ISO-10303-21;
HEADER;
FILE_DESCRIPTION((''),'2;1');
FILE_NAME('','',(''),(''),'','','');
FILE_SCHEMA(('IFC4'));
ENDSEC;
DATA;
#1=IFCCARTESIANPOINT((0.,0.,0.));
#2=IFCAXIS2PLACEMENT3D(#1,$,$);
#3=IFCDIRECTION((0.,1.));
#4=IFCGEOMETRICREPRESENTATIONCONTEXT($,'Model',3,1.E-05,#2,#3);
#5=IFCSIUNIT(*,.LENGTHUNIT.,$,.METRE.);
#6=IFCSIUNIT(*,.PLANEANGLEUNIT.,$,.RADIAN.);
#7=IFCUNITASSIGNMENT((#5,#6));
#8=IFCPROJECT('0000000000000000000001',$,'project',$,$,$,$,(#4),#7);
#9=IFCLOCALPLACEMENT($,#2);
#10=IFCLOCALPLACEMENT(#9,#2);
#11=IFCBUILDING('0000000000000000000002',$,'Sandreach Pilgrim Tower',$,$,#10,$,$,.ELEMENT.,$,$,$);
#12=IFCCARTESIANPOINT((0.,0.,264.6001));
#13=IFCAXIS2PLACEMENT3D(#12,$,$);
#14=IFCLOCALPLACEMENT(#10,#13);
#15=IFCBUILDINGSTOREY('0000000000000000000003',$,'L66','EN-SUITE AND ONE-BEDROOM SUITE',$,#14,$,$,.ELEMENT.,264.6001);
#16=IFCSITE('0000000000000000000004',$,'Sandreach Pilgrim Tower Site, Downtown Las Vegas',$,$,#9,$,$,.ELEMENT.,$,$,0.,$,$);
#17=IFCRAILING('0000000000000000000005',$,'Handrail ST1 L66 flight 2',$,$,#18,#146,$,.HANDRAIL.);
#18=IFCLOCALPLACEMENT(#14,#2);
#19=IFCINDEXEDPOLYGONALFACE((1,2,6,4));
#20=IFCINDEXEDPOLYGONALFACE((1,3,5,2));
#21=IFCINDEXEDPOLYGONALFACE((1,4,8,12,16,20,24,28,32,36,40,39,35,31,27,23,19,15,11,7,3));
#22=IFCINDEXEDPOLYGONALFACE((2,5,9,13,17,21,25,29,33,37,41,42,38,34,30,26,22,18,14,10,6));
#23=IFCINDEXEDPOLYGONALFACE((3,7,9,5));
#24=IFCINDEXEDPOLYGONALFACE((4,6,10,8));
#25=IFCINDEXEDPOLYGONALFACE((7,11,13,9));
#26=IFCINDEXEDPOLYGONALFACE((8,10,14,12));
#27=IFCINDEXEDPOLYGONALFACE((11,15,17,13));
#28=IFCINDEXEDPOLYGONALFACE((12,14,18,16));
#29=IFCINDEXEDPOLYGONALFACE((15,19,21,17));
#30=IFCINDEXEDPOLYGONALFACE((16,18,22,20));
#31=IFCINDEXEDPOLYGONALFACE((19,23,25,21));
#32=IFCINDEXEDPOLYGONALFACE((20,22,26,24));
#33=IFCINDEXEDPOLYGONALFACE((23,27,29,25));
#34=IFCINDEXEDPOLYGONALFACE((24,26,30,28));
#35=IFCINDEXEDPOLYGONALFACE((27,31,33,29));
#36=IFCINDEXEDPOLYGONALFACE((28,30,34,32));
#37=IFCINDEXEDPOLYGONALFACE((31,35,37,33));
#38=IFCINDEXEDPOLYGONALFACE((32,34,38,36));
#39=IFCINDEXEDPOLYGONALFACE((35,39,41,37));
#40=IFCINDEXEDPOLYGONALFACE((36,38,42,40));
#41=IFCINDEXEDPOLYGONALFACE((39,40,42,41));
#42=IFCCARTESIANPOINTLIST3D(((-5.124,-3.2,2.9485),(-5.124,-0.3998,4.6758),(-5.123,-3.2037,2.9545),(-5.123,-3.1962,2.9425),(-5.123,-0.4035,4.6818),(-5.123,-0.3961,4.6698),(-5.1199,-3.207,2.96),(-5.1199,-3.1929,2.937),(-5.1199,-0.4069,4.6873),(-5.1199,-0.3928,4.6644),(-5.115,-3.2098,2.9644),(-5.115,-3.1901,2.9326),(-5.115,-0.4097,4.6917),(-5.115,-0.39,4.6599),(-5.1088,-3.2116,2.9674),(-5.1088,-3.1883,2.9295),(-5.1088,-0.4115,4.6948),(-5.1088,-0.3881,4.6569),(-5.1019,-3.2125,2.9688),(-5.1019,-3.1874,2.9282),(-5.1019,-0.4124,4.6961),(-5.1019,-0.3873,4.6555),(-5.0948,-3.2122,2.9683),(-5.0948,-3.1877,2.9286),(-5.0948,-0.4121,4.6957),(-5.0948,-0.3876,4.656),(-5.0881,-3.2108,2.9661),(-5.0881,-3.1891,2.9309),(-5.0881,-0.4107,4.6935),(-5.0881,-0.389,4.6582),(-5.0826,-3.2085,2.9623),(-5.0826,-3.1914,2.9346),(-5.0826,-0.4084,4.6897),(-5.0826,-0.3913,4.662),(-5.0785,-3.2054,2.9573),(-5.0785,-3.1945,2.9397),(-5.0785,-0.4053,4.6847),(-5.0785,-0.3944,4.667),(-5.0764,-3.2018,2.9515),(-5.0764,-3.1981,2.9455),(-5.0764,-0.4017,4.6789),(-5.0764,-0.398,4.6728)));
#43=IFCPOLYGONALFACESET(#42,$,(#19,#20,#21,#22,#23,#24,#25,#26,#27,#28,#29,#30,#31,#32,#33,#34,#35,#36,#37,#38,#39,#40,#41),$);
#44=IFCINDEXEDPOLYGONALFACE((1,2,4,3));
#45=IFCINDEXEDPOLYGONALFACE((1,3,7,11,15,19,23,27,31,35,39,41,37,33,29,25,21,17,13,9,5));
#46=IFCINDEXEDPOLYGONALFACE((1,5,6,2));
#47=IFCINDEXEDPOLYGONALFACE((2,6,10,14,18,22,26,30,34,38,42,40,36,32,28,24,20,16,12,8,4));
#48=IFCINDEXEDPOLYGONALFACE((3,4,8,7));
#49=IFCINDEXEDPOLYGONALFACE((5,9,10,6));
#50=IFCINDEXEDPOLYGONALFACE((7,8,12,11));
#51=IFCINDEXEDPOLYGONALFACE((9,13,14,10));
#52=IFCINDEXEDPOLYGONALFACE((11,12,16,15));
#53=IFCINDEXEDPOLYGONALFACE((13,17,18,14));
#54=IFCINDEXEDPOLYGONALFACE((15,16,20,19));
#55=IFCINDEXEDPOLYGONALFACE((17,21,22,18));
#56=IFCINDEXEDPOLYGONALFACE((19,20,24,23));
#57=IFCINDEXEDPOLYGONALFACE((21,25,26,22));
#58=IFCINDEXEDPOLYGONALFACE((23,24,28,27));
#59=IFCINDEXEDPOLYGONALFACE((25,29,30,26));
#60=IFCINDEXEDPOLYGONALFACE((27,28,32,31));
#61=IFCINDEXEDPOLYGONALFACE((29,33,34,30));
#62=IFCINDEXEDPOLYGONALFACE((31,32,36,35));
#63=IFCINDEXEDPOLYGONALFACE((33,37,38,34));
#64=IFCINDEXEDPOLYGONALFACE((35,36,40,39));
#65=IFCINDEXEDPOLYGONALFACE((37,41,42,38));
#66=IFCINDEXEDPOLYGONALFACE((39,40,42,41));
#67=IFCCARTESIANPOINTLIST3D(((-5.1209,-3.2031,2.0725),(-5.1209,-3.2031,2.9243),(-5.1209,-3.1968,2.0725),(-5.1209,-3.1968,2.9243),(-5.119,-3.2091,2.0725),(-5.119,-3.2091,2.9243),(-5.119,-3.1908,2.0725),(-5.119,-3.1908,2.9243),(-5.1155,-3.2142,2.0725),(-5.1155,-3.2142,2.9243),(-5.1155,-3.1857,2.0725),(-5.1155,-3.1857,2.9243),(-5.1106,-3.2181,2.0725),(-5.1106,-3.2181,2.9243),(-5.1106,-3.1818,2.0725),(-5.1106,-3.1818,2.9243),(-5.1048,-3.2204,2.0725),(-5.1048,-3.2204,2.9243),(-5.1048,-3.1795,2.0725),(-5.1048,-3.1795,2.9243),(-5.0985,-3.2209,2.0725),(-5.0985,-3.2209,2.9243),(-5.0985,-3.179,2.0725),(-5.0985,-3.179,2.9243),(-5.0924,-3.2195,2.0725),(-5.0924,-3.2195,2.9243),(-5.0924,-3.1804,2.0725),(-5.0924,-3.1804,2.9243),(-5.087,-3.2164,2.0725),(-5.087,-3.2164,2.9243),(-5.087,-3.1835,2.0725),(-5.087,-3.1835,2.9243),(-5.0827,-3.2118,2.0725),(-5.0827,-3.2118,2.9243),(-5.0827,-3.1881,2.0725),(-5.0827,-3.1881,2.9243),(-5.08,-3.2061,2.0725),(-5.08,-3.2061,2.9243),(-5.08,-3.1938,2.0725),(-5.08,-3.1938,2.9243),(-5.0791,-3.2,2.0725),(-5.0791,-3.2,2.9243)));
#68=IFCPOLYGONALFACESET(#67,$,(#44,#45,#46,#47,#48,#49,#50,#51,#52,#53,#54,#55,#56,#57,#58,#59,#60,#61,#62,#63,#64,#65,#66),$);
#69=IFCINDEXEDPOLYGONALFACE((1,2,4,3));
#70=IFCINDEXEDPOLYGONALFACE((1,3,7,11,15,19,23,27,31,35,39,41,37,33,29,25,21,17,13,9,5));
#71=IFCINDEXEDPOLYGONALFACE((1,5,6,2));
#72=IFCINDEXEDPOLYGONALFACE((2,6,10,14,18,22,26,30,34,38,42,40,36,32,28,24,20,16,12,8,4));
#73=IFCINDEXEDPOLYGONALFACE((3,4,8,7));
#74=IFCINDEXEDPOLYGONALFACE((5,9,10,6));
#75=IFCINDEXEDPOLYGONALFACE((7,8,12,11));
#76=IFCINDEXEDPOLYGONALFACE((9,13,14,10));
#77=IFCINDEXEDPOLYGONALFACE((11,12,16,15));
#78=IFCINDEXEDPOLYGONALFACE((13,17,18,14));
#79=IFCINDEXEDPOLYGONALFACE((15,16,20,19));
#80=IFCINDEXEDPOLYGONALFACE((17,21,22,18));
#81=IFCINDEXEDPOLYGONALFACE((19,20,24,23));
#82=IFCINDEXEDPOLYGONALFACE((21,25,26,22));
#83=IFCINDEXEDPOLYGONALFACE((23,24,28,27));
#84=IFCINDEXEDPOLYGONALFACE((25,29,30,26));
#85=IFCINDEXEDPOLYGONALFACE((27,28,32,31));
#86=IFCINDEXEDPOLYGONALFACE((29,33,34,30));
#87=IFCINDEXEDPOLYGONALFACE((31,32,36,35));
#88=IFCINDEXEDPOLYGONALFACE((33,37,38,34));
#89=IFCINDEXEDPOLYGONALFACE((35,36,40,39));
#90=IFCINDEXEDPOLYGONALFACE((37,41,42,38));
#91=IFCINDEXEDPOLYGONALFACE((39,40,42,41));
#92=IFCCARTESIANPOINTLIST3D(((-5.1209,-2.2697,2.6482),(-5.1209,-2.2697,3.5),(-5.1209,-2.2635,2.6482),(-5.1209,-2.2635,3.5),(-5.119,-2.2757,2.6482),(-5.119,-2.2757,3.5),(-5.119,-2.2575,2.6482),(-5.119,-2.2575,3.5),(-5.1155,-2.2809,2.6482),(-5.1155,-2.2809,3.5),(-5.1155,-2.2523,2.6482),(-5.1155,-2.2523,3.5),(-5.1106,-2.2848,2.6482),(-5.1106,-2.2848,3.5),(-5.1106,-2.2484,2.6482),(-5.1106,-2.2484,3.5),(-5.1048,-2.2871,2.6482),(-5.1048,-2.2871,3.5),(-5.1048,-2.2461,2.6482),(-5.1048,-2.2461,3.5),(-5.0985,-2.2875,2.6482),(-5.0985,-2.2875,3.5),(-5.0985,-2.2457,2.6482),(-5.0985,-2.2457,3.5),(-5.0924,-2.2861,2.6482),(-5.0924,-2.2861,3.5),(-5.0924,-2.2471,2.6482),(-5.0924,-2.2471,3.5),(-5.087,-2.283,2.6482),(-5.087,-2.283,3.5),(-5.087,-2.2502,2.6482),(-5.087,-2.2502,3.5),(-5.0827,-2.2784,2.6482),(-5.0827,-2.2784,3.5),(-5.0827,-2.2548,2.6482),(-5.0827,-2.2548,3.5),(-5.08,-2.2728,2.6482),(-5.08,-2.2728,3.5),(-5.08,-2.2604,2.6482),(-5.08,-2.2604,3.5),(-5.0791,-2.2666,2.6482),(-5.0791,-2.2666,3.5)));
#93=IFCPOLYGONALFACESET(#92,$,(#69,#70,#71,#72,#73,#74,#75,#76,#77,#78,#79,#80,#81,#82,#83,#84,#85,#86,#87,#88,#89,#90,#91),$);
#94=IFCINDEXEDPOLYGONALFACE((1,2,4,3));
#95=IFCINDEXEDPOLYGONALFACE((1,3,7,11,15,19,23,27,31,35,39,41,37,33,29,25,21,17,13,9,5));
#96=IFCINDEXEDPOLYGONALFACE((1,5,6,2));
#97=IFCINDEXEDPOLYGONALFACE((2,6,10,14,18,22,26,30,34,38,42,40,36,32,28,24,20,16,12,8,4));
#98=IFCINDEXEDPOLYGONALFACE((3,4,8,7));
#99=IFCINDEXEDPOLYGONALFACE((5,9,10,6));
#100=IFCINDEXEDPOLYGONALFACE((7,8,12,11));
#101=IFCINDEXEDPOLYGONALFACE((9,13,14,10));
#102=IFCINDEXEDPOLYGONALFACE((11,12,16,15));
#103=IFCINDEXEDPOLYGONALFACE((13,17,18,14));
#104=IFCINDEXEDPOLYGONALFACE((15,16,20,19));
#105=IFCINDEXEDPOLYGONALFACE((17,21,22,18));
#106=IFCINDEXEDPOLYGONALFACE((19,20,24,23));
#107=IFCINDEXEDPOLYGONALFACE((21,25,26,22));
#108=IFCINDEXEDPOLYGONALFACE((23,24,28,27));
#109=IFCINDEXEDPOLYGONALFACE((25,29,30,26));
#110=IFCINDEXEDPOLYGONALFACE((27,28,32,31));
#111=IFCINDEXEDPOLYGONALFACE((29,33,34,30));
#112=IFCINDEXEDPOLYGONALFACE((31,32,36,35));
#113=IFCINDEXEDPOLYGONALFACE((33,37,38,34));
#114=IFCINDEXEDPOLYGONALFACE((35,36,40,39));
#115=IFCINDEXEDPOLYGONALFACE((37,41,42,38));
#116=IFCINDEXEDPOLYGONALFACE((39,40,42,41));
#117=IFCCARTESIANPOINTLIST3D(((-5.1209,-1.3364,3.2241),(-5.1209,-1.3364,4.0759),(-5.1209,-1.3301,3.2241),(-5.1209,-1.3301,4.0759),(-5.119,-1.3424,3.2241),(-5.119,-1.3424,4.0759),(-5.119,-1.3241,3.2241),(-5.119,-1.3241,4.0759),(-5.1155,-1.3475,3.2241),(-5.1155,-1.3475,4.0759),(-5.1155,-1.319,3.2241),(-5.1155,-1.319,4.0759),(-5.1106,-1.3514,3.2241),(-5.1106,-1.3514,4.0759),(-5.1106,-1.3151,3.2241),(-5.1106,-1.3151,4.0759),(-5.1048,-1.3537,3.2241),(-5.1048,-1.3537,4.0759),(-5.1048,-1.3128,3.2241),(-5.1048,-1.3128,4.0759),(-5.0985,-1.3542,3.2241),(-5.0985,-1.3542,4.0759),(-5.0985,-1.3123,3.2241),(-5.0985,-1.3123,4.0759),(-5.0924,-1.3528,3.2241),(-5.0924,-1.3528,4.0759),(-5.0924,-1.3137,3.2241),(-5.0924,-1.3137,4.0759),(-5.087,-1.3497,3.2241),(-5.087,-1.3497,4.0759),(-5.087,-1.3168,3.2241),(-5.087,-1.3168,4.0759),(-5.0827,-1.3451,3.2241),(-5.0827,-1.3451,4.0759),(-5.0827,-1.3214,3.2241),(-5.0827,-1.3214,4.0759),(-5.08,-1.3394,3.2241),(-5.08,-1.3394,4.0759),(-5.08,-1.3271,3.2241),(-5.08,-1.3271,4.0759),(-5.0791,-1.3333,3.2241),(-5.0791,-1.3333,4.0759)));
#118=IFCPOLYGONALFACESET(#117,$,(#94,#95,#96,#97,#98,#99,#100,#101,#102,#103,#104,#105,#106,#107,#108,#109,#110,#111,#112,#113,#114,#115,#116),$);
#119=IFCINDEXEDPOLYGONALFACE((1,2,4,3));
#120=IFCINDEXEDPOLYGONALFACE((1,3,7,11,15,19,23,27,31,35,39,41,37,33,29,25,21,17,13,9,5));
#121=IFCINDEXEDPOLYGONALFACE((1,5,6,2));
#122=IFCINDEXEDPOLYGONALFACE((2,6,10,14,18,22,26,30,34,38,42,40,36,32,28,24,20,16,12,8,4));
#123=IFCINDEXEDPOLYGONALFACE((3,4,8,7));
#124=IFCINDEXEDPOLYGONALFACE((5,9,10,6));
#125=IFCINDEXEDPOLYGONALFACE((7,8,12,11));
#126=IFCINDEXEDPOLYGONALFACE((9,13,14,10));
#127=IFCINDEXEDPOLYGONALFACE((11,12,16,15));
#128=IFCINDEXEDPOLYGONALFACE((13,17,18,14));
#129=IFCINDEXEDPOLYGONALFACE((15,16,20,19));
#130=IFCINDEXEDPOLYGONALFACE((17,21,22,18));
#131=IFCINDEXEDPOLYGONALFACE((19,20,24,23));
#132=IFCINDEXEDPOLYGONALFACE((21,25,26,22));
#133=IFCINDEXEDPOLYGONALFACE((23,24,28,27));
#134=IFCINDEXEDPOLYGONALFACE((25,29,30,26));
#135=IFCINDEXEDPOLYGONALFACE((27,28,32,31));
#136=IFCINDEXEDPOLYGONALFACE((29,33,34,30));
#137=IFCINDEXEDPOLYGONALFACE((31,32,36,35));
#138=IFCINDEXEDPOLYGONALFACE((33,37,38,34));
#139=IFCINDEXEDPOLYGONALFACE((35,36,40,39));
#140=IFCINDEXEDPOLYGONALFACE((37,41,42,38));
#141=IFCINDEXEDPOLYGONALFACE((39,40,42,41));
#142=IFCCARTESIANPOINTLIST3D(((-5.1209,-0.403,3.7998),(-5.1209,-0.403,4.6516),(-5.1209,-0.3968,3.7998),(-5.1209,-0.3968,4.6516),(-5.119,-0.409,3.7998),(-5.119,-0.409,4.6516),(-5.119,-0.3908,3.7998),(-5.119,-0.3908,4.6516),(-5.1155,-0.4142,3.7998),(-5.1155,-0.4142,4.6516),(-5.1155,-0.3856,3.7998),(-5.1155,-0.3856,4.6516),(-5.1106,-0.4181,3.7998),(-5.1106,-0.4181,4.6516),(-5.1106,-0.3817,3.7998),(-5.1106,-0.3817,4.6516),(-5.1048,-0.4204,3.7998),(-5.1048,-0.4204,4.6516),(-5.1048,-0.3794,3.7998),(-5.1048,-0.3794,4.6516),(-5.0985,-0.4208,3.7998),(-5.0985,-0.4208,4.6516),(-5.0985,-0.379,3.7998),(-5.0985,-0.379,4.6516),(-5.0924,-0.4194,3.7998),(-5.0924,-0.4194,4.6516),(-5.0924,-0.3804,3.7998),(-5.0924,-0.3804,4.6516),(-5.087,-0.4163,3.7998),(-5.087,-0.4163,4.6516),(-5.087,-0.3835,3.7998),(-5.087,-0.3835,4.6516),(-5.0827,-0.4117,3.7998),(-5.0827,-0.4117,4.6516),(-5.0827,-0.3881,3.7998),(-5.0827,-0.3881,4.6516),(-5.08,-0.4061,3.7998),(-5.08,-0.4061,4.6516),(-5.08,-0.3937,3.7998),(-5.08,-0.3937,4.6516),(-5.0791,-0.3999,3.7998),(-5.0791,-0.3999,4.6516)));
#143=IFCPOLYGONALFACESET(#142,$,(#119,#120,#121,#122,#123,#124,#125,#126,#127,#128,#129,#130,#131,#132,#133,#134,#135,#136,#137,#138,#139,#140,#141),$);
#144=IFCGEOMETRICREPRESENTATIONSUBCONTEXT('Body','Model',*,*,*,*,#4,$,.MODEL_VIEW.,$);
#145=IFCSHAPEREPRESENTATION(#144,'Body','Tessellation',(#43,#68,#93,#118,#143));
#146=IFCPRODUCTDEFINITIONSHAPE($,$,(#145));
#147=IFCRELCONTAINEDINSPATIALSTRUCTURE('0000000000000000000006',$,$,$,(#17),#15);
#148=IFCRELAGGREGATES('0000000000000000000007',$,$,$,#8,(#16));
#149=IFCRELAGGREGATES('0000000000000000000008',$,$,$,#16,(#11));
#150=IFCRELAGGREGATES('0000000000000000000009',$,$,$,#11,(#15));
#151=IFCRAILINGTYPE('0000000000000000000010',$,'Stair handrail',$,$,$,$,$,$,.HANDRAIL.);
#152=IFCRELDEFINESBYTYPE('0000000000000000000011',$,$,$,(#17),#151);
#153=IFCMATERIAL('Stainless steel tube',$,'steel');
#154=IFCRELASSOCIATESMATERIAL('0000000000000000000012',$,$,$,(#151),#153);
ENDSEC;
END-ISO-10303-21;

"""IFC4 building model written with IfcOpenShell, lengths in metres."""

from ifc_helpers import new_model, si_unit, direction, frame, origin, origin_2d, place, context, subcontext, project, spatial, circle, extrude, material, type_object, element, save


model = new_model("IFC4")

# Units and contexts
model_context = context("Model", 3, precision=1e-05, world=origin(), true_north=direction((0.0, 1.0)))
body_context = subcontext(model_context, "Body", "Model", "MODEL_VIEW")
ifc_project = project(units=[si_unit("LENGTHUNIT", "METRE"), si_unit("PLANEANGLEUNIT", "RADIAN")], contexts=[model_context])

# Site, building, storey
site_placement = place(None, origin())
site = spatial("IfcSite", under=ifc_project, at=site_placement, Name="Sandreach Pilgrim Tower Site, Downtown Las Vegas", CompositionType="ELEMENT", RefElevation=0.0)
building_placement = place(site_placement, origin())
building = spatial("IfcBuilding", under=site, at=building_placement, Name="Sandreach Pilgrim Tower", CompositionType="ELEMENT")
storey_placement = place(building_placement, frame((0.0, 0.0, 264.6001)))
storey = spatial("IfcBuildingStorey", under=building, at=storey_placement, Name="L66", Description="EN-SUITE AND ONE-BEDROOM SUITE", CompositionType="ELEMENT", Elevation=264.6001)

# Railing
ifc_material_1 = material(Name="Stainless steel tube", Category="steel")
railing_type = type_object("IfcRailingType", Name="Stair handrail", PredefinedType="HANDRAIL", material=ifc_material_1)
for number, where, name in (
    (1, (-5.1001, -3.2, 2.0725), "Handrail ST1 L66 flight 2"),
):
    element("IfcRailing", number, at=place(storey_placement, frame(where)), inside=storey, type_object=railing_type, Name=name, PredefinedType="HANDRAIL", context=body_context, shape_type="SweptSolid", body=[
        extrude(circle(Radius=0.0239, at=origin_2d()), frame((0.0, 0.0, 0.876), z_axis=(0.0, 0.85109, 0.52502), x_axis=(-1.0, 0.0, 0.0)), (0.0, 0.0, 1.0), 3.29),
        extrude(circle(Radius=0.021, at=origin_2d()), origin(), (0.0, 0.0, 1.0), 0.8518),
        extrude(circle(Radius=0.021, at=origin_2d()), frame((0.0, 0.9333, 0.5757)), (0.0, 0.0, 1.0), 0.8518),
        extrude(circle(Radius=0.021, at=origin_2d()), frame((0.0, 1.8667, 1.1516)), (0.0, 0.0, 1.0), 0.8518),
        extrude(circle(Radius=0.021, at=origin_2d()), frame((0.0, 2.8, 1.7273)), (0.0, 0.0, 1.0), 0.8518),
    ])

save(model, "model.ifc")
